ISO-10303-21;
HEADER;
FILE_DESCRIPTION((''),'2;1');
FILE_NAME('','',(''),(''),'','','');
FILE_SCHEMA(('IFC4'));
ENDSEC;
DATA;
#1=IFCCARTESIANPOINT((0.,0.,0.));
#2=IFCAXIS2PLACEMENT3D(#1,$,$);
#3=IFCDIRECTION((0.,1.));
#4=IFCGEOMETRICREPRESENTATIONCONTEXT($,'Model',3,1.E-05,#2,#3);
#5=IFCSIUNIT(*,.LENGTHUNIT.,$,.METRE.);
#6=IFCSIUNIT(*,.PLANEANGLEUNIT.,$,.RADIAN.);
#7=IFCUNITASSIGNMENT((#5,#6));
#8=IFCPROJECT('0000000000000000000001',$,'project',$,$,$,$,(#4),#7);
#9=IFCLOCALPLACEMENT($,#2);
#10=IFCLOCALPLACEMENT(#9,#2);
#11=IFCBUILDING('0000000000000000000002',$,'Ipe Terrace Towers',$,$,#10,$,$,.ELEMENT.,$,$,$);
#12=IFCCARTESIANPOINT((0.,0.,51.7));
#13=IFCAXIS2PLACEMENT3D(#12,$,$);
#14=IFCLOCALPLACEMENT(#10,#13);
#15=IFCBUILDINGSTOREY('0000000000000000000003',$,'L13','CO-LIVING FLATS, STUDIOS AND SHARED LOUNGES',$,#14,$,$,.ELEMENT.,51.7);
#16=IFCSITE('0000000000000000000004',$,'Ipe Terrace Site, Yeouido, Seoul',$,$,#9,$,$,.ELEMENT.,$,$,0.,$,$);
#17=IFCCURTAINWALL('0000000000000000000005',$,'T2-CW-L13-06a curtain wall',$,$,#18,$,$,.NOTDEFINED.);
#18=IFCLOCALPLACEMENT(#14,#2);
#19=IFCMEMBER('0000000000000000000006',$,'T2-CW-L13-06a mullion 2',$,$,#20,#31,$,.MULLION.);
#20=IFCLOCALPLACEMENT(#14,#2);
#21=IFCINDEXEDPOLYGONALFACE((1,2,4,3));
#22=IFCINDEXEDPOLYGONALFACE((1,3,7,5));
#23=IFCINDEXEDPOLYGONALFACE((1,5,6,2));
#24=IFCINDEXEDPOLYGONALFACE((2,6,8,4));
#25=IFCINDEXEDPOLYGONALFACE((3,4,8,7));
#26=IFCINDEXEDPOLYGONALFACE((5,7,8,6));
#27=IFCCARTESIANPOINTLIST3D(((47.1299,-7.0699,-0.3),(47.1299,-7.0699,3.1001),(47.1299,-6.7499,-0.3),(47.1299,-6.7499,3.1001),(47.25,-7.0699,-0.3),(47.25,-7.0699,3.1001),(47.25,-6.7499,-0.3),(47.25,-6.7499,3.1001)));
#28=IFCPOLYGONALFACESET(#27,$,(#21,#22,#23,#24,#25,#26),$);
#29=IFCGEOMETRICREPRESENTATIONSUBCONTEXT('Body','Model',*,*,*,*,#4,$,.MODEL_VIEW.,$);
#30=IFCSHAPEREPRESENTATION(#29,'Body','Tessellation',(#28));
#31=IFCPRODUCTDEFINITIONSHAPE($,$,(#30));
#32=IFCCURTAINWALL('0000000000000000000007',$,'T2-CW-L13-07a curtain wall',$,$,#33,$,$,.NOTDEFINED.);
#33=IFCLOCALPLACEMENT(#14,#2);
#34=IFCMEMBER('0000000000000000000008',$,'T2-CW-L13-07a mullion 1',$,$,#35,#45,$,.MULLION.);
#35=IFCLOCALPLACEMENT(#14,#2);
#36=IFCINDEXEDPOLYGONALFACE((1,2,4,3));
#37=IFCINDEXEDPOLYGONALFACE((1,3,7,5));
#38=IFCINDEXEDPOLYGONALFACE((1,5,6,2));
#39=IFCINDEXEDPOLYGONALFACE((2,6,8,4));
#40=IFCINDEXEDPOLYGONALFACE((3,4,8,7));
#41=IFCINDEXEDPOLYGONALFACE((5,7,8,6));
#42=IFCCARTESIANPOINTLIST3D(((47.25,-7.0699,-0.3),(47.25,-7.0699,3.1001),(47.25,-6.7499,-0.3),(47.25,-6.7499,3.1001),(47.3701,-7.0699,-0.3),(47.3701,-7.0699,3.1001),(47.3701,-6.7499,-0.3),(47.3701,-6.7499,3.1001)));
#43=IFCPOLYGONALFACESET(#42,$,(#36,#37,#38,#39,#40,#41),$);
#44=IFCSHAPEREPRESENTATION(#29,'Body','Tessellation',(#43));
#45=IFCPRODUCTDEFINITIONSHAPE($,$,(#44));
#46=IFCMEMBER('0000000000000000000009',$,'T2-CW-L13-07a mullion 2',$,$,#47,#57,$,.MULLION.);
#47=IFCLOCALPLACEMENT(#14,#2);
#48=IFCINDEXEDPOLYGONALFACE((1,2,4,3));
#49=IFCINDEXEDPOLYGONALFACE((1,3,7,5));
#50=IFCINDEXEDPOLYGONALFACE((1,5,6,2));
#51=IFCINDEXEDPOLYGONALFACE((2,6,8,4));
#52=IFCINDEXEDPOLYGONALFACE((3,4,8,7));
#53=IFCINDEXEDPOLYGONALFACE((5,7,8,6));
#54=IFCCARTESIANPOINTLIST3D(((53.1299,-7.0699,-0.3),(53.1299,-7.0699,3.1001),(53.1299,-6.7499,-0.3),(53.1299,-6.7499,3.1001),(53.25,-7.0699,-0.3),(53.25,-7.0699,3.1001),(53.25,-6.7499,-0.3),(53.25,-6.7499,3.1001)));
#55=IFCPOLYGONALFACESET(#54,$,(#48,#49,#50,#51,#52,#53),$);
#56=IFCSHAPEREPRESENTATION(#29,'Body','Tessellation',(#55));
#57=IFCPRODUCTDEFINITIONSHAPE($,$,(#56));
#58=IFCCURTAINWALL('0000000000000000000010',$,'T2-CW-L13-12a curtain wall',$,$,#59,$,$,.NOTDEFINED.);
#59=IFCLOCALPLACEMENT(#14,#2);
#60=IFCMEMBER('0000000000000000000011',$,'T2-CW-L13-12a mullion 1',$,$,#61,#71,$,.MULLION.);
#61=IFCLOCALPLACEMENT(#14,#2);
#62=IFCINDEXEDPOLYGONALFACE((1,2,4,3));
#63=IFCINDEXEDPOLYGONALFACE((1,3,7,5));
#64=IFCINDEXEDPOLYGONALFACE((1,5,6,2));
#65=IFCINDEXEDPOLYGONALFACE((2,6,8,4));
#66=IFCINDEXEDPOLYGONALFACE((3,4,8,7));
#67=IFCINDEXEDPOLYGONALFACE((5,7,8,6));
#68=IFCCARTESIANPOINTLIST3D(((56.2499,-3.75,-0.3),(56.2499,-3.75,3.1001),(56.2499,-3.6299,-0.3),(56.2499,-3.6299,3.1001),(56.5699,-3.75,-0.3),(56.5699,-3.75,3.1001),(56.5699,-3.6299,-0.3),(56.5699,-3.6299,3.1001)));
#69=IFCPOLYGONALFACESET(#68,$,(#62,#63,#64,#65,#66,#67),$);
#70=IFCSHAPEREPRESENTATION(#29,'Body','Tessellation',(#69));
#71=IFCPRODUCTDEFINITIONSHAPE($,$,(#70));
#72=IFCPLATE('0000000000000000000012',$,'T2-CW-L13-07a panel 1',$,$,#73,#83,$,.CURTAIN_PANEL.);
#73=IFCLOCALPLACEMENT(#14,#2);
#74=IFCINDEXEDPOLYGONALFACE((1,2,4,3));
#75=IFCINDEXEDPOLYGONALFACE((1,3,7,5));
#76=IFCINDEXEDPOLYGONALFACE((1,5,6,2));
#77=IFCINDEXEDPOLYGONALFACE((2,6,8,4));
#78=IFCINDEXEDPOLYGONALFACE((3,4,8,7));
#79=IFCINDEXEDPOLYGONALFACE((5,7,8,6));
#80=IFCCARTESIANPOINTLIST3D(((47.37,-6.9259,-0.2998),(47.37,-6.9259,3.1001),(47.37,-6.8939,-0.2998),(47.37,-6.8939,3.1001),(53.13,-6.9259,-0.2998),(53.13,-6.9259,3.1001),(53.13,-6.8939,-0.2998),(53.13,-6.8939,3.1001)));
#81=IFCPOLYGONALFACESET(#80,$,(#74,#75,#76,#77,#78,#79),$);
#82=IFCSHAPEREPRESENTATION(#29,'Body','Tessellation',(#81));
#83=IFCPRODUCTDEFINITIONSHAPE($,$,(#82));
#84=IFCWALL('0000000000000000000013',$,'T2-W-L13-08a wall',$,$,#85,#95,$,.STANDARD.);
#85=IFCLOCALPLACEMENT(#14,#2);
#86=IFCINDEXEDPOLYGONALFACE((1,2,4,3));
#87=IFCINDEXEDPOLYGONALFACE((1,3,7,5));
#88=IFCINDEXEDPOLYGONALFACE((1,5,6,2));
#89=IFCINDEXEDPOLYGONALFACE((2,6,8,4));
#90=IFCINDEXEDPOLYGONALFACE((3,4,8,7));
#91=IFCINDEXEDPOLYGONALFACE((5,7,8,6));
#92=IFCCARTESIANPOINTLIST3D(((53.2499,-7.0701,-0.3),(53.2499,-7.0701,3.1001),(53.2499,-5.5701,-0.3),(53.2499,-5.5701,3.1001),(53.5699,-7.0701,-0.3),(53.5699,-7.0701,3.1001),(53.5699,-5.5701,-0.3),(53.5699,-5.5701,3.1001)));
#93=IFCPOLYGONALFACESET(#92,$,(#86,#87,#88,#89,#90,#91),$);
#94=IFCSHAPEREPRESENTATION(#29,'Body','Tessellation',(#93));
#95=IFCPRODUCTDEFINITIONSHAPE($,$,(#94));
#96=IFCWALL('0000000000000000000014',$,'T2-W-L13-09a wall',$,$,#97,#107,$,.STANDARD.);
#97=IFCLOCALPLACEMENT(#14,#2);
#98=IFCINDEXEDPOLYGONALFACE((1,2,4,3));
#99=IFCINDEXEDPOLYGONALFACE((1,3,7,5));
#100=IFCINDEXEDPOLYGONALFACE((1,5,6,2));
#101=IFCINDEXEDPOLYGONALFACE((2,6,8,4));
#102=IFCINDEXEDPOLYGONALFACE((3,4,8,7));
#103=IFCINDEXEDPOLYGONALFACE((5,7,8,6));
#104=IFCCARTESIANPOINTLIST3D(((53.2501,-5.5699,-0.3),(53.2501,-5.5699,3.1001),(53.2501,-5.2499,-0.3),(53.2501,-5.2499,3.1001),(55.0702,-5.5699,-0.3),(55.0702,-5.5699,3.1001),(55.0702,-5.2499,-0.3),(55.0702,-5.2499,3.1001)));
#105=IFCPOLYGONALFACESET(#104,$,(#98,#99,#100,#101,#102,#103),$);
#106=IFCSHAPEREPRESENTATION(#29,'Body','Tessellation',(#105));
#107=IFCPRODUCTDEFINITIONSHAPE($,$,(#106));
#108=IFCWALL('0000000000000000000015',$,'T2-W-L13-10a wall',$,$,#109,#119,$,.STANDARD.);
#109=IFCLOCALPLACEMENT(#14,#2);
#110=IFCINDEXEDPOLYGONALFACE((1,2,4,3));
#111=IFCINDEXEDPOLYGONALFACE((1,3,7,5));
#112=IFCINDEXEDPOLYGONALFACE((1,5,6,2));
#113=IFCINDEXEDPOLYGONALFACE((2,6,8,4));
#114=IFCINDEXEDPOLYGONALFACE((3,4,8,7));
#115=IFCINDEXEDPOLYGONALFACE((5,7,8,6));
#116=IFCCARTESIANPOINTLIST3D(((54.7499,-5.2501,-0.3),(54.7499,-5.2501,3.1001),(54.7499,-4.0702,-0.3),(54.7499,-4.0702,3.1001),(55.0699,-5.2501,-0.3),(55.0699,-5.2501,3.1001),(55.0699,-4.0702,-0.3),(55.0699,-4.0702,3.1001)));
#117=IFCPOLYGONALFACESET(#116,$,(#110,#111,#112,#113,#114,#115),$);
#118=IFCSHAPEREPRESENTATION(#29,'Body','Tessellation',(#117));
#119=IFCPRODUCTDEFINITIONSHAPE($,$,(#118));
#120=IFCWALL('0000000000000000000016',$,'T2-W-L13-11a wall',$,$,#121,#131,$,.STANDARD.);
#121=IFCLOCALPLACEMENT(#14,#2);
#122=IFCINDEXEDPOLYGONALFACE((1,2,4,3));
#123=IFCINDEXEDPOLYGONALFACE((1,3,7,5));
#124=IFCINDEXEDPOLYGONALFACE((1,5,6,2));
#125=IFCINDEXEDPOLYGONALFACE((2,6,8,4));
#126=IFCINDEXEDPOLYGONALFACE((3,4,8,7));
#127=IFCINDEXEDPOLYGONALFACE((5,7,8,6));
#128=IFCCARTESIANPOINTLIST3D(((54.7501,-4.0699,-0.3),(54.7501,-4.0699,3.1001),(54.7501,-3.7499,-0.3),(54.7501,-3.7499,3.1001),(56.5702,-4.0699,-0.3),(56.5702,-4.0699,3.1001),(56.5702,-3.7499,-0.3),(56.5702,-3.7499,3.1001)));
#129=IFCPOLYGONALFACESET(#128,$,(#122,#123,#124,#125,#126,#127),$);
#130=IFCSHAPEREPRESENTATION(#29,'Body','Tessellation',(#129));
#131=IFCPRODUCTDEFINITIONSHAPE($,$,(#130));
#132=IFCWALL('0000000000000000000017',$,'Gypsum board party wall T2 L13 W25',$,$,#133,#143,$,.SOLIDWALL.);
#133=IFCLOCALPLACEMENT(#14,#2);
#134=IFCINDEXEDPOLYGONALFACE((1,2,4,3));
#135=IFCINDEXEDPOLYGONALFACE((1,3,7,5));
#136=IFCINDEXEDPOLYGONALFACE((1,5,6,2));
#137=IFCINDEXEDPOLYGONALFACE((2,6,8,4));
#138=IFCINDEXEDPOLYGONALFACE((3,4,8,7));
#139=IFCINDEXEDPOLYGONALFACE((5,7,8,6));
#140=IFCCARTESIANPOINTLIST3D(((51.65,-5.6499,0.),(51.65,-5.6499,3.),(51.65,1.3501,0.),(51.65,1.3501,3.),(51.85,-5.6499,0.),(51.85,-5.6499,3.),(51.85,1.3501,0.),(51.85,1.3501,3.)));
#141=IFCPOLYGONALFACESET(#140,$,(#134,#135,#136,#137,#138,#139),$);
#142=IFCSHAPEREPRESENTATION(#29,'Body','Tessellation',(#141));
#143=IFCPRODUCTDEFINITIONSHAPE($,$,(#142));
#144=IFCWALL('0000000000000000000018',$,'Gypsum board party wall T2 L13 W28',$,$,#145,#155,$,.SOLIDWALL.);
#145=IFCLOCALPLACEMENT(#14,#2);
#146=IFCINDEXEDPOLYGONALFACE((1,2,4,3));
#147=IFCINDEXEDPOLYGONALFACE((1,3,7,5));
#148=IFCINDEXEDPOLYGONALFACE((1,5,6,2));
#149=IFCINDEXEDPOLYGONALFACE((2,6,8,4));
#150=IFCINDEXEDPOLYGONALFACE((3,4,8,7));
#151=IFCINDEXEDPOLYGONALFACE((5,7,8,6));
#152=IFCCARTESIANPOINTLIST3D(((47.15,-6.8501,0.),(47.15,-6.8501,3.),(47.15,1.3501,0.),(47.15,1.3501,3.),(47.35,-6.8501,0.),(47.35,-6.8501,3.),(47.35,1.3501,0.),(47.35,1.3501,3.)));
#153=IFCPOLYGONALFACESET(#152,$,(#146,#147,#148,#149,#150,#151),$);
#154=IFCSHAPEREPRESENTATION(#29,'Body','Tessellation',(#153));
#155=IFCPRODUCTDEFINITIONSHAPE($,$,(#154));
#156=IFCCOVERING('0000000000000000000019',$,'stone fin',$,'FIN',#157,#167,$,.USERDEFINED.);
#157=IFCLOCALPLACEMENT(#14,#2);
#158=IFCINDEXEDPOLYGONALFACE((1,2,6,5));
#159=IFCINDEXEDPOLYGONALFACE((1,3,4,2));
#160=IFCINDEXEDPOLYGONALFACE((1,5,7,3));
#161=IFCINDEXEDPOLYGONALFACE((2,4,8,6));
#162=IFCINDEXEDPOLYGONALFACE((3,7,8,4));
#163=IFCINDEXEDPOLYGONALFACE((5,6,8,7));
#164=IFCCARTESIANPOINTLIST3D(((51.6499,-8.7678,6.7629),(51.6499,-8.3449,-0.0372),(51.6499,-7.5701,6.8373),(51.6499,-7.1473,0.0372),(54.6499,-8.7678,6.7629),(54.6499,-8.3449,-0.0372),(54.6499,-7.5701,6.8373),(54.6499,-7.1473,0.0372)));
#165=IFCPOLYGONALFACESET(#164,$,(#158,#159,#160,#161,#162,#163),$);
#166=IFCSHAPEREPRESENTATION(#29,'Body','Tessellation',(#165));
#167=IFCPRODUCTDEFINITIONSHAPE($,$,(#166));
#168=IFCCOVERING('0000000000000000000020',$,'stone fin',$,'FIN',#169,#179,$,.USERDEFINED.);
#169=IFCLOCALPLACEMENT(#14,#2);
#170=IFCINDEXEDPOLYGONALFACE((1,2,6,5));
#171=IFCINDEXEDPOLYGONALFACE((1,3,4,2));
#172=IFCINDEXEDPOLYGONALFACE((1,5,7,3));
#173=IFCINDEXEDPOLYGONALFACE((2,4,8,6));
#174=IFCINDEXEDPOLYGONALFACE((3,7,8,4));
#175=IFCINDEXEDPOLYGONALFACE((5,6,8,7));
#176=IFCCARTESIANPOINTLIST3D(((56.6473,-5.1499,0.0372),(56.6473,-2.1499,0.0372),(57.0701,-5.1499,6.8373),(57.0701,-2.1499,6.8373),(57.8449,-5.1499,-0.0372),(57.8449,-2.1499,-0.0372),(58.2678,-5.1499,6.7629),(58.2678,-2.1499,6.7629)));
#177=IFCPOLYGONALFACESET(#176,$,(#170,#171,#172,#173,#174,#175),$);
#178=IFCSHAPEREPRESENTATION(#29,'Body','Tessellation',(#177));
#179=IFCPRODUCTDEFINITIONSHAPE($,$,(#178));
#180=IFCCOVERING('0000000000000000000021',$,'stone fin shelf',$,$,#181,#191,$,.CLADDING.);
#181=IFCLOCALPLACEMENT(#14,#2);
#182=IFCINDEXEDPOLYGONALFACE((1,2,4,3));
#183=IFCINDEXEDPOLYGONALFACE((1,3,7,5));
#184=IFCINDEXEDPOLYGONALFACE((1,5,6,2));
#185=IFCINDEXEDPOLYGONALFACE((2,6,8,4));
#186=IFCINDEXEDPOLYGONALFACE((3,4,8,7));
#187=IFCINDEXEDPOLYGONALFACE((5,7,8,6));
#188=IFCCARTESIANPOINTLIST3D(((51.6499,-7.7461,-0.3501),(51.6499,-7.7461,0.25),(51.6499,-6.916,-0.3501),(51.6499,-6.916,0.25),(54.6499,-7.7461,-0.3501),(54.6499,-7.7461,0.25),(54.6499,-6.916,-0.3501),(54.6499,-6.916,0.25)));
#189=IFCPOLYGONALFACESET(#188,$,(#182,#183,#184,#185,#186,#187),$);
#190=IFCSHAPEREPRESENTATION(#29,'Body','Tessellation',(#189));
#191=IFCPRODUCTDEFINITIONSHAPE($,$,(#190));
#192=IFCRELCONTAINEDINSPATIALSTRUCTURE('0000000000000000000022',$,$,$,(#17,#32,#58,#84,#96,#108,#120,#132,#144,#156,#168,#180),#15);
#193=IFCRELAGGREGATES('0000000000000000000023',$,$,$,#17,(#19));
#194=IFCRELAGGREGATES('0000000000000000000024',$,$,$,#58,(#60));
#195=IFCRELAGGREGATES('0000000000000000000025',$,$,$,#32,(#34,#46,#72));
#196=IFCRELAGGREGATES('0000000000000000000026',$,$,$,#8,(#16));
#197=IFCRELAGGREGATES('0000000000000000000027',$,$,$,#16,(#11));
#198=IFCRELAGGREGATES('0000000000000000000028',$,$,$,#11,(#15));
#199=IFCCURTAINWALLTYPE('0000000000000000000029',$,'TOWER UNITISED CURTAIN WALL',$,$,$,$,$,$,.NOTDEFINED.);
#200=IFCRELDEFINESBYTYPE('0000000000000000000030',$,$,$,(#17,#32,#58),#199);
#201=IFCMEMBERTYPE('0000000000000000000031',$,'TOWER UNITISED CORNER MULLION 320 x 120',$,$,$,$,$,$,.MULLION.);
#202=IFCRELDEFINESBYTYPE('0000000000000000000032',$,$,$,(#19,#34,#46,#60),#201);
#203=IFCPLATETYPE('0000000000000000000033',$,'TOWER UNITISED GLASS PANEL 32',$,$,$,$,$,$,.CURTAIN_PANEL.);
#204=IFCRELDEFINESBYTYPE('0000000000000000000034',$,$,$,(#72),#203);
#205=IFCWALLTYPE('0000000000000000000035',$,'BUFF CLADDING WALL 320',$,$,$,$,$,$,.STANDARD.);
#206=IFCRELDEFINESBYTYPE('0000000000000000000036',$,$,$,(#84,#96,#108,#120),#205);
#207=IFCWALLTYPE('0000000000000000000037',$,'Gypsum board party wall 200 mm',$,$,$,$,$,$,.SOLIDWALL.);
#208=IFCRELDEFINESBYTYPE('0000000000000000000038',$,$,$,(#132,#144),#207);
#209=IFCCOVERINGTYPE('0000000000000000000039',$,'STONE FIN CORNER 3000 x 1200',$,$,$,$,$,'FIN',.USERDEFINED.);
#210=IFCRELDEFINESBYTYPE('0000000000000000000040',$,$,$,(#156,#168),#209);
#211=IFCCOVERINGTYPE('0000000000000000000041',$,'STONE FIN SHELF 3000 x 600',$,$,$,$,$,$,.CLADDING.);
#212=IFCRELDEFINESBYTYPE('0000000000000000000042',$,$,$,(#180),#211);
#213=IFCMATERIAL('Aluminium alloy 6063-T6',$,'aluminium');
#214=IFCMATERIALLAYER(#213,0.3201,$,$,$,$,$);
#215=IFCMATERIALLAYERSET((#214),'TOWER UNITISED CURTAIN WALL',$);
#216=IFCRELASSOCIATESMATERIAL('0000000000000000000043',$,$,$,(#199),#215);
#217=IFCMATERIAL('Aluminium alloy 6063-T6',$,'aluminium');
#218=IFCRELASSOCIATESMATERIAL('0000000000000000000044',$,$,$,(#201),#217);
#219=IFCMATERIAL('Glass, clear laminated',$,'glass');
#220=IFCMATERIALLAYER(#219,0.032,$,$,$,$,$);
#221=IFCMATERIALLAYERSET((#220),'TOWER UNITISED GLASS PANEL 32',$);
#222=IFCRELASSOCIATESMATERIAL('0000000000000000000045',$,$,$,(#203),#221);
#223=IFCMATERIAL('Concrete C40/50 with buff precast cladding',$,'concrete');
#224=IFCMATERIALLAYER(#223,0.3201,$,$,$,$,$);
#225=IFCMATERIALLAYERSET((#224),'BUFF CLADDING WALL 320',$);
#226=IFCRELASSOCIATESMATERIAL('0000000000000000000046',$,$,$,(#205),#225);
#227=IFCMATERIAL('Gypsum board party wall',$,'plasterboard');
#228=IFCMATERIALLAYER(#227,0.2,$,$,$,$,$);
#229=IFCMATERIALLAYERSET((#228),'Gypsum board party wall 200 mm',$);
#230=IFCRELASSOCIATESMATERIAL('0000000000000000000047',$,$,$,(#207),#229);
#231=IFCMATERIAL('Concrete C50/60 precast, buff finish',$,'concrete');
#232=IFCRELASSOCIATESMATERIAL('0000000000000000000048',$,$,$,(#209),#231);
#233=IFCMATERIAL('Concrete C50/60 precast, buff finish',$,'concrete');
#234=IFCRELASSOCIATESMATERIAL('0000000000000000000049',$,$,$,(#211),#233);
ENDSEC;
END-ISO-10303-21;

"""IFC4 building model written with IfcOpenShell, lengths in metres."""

from ifc_helpers import new_model, si_unit, direction, frame, frame_2d, origin, origin_2d, place, context, subcontext, project, spatial, rectangle, extrude, material, layer, layer_set, material_profile, profile_set, type_object, element, aggregate, save


model = new_model("IFC4")

# Units and contexts
model_context = context("Model", 3, precision=1e-05, world=origin(), true_north=direction((0.0, 1.0)))
body_context = subcontext(model_context, "Body", "Model", "MODEL_VIEW")
ifc_project = project(units=[si_unit("LENGTHUNIT", "METRE"), si_unit("PLANEANGLEUNIT", "RADIAN")], contexts=[model_context])

# Site, building, storey
site_placement = place(None, origin())
site = spatial("IfcSite", under=ifc_project, at=site_placement, Name="Ipe Terrace Site, Yeouido, Seoul", CompositionType="ELEMENT", RefElevation=0.0)
building_placement = place(site_placement, origin())
building = spatial("IfcBuilding", under=site, at=building_placement, Name="Ipe Terrace Towers", CompositionType="ELEMENT")
storey_placement = place(building_placement, frame((0.0, 0.0, 51.7)))
storey = spatial("IfcBuildingStorey", under=building, at=storey_placement, Name="L13", Description="CO-LIVING FLATS, STUDIOS AND SHARED LOUNGES", CompositionType="ELEMENT", Elevation=51.7)

# Curtain wall, member
ifc_material_1 = material(Name="Aluminium alloy 6063-T6", Category="aluminium")
ifc_layer_1 = layer(ifc_material_1, 0.3201)
ifc_layer_set_1 = layer_set([ifc_layer_1], Name="TOWER UNITISED CURTAIN WALL")
curtain_wall_type = type_object("IfcCurtainWallType", Name="TOWER UNITISED CURTAIN WALL", PredefinedType="NOTDEFINED", material=ifc_layer_set_1)
curtain_wall_1_placement = place(storey_placement, origin())
curtain_wall_1 = element("IfcCurtainWall", 1, at=curtain_wall_1_placement, inside=storey, type_object=curtain_wall_type, Name="T2-CW-L13-06a curtain wall", PredefinedType="NOTDEFINED")
ifc_material_2 = material(Name="Aluminium alloy 6063-T6", Category="aluminium")
ifc_material_profile_1 = material_profile(ifc_material_2, rectangle(XDim=0.3201, YDim=0.1201, at=origin_2d()), Name="TOWER UNITISED CORNER MULLION 320 x 120")
ifc_profile_set_1 = profile_set([ifc_material_profile_1], Name="Aluminium alloy 6063-T6")
member_type = type_object("IfcMemberType", Name="TOWER UNITISED CORNER MULLION 320 x 120", PredefinedType="MULLION", material=ifc_profile_set_1)
member_1_placement = place(storey_placement, frame((47.1899, -6.9099, -0.3), z_axis=(0.0, 0.0, 1.0), x_axis=(0.0, -1.0, 0.0)))
member_1 = element("IfcMember", 2, at=member_1_placement, type_object=member_type, Name="T2-CW-L13-06a mullion 2", PredefinedType="MULLION", context=body_context, shape_type="SweptSolid", body=[
    extrude(rectangle(XDim=0.3201, YDim=0.1201, at=origin_2d()), origin(), (0.0, 0.0, 1.0), 3.4001),
])
aggregate(curtain_wall_1, [member_1])

# Curtain wall, members
curtain_wall_2_placement = place(storey_placement, origin())
curtain_wall_2 = element("IfcCurtainWall", 3, at=curtain_wall_2_placement, inside=storey, type_object=curtain_wall_type, Name="T2-CW-L13-07a curtain wall", PredefinedType="NOTDEFINED")
member_2_placement = place(storey_placement, frame((47.3101, -6.9099, -0.3), z_axis=(0.0, 0.0, 1.0), x_axis=(0.0, -1.0, 0.0)))
member_2 = element("IfcMember", 4, at=member_2_placement, type_object=member_type, Name="T2-CW-L13-07a mullion 1", PredefinedType="MULLION", context=body_context, shape_type="SweptSolid", body=[
    extrude(rectangle(XDim=0.3201, YDim=0.1201, at=origin_2d()), origin(), (0.0, 0.0, 1.0), 3.4001),
])
member_3_placement = place(storey_placement, frame((53.1899, -6.9099, -0.3), z_axis=(0.0, 0.0, 1.0), x_axis=(0.0, -1.0, 0.0)))
member_3 = element("IfcMember", 5, at=member_3_placement, type_object=member_type, Name="T2-CW-L13-07a mullion 2", PredefinedType="MULLION", context=body_context, shape_type="SweptSolid", body=[
    extrude(rectangle(XDim=0.3201, YDim=0.1201, at=origin_2d()), origin(), (0.0, 0.0, 1.0), 3.4001),
])

# Curtain wall, member
curtain_wall_3_placement = place(storey_placement, origin())
curtain_wall_3 = element("IfcCurtainWall", 6, at=curtain_wall_3_placement, inside=storey, type_object=curtain_wall_type, Name="T2-CW-L13-12a curtain wall", PredefinedType="NOTDEFINED")
member_4_placement = place(storey_placement, frame((56.4099, -3.6899, -0.3), z_axis=(0.0, 0.0, 1.0), x_axis=(1.0, 0.0, 0.0)))
member_4 = element("IfcMember", 7, at=member_4_placement, type_object=member_type, Name="T2-CW-L13-12a mullion 1", PredefinedType="MULLION", context=body_context, shape_type="SweptSolid", body=[
    extrude(rectangle(XDim=0.3201, YDim=0.1201, at=origin_2d()), origin(), (0.0, 0.0, 1.0), 3.4001),
])
aggregate(curtain_wall_3, [member_4])

# Plate
ifc_material_3 = material(Name="Glass, clear laminated", Category="glass")
ifc_layer_2 = layer(ifc_material_3, 0.032)
ifc_layer_set_2 = layer_set([ifc_layer_2], Name="TOWER UNITISED GLASS PANEL 32")
plate_type = type_object("IfcPlateType", Name="TOWER UNITISED GLASS PANEL 32", PredefinedType="CURTAIN_PANEL", material=ifc_layer_set_2)
plate_placement = place(storey_placement, frame((50.25, -6.9099, -0.2998), z_axis=(0.0, 0.0, 1.0), x_axis=(1.0, 0.0, 0.0)))
plate = element("IfcPlate", 8, at=plate_placement, type_object=plate_type, Name="T2-CW-L13-07a panel 1", PredefinedType="CURTAIN_PANEL", context=body_context, shape_type="SweptSolid", body=[
    extrude(rectangle(XDim=5.76, YDim=0.032, at=origin_2d()), origin(), (0.0, 0.0, 1.0), 3.3999),
])
aggregate(curtain_wall_2, [member_2, member_3, plate])

# Walls
ifc_material_4 = material(Name="Concrete C40/50 with buff precast cladding", Category="concrete")
ifc_layer_3 = layer(ifc_material_4, 0.3201)
ifc_layer_set_3 = layer_set([ifc_layer_3], Name="BUFF CLADDING WALL 320")
wall_type_1 = type_object("IfcWallType", Name="BUFF CLADDING WALL 320", PredefinedType="STANDARD", material=ifc_layer_set_3)
wall_1_placement = place(storey_placement, frame((53.4099, -7.0701, -0.3), z_axis=(0.0, 0.0, 1.0), x_axis=(0.0, 1.0, 0.0)))
element("IfcWall", 9, at=wall_1_placement, inside=storey, type_object=wall_type_1, Name="T2-W-L13-08a wall", PredefinedType="STANDARD", context=body_context, shape_type="SweptSolid", body=[
    extrude(rectangle(XDim=1.5, YDim=0.3201, at=frame_2d((0.75, 0.0))), origin(), (0.0, 0.0, 1.0), 3.4001),
])
wall_2_placement = place(storey_placement, frame((53.25, -5.4099, -0.3), z_axis=(0.0, 0.0, 1.0), x_axis=(1.0, 0.0, 0.0)))
element("IfcWall", 10, at=wall_2_placement, inside=storey, type_object=wall_type_1, Name="T2-W-L13-09a wall", PredefinedType="STANDARD", context=body_context, shape_type="SweptSolid", body=[
    extrude(rectangle(XDim=1.8201, YDim=0.3201, at=frame_2d((0.9102, 0.0))), origin(), (0.0, 0.0, 1.0), 3.4001),
])
wall_3_placement = place(storey_placement, frame((54.9099, -5.25, -0.3), z_axis=(0.0, 0.0, 1.0), x_axis=(0.0, 1.0, 0.0)))
element("IfcWall", 11, at=wall_3_placement, inside=storey, type_object=wall_type_1, Name="T2-W-L13-10a wall", PredefinedType="STANDARD", context=body_context, shape_type="SweptSolid", body=[
    extrude(rectangle(XDim=1.1799, YDim=0.3201, at=frame_2d((0.5898, 0.0))), origin(), (0.0, 0.0, 1.0), 3.4001),
])
wall_4_placement = place(storey_placement, frame((54.75, -3.9099, -0.3), z_axis=(0.0, 0.0, 1.0), x_axis=(1.0, 0.0, 0.0)))
element("IfcWall", 12, at=wall_4_placement, inside=storey, type_object=wall_type_1, Name="T2-W-L13-11a wall", PredefinedType="STANDARD", context=body_context, shape_type="SweptSolid", body=[
    extrude(rectangle(XDim=1.8201, YDim=0.3201, at=frame_2d((0.9102, 0.0))), origin(), (0.0, 0.0, 1.0), 3.4001),
])
ifc_material_5 = material(Name="Gypsum board party wall", Category="plasterboard")
ifc_layer_4 = layer(ifc_material_5, 0.2)
ifc_layer_set_4 = layer_set([ifc_layer_4], Name="Gypsum board party wall 200 mm")
wall_type_2 = type_object("IfcWallType", Name="Gypsum board party wall 200 mm", PredefinedType="SOLIDWALL", material=ifc_layer_set_4)
wall_5_placement = place(storey_placement, frame((51.75, -5.6499, 0.0), z_axis=(0.0, 0.0, 1.0), x_axis=(0.0, 1.0, 0.0)))
element("IfcWall", 13, at=wall_5_placement, inside=storey, type_object=wall_type_2, Name="Gypsum board party wall T2 L13 W25", PredefinedType="SOLIDWALL", context=body_context, shape_type="SweptSolid", body=[
    extrude(rectangle(XDim=7.0, YDim=0.2, at=frame_2d((3.5, 0.0))), origin(), (0.0, 0.0, 1.0), 3.0),
])
wall_6_placement = place(storey_placement, frame((47.25, -6.8501, 0.0), z_axis=(0.0, 0.0, 1.0), x_axis=(0.0, 1.0, 0.0)))
element("IfcWall", 14, at=wall_6_placement, inside=storey, type_object=wall_type_2, Name="Gypsum board party wall T2 L13 W28", PredefinedType="SOLIDWALL", context=body_context, shape_type="SweptSolid", body=[
    extrude(rectangle(XDim=8.2002, YDim=0.2, at=frame_2d((4.1001, 0.0))), origin(), (0.0, 0.0, 1.0), 3.0),
])

# Coverings
ifc_material_6 = material(Name="Concrete C50/60 precast, buff finish", Category="concrete")
ifc_material_profile_2 = material_profile(ifc_material_6, rectangle(XDim=3.0, YDim=1.2, at=origin_2d()), Name="STONE FIN CORNER 3000 x 1200")
ifc_profile_set_2 = profile_set([ifc_material_profile_2], Name="Concrete C50/60 precast, buff finish")
covering_type_1 = type_object("IfcCoveringType", Name="STONE FIN CORNER 3000 x 1200", ElementType="FIN", PredefinedType="USERDEFINED", material=ifc_profile_set_2)
for number, where, z_axis, x_axis, name in (
    (15, (53.1499, -7.7461, 0.0), (0.0, -0.062064, 0.998072), (1.0, 0.0, 0.0), "stone fin"),
    (16, (57.2461, -3.6499, 0.0), (0.062064, 0.0, 0.998072), (0.0, 1.0, 0.0), "stone fin"),
):
    element("IfcCovering", number, at=place(storey_placement, frame(where, z_axis=z_axis, x_axis=x_axis)), inside=storey, type_object=covering_type_1, Name=name, ObjectType="FIN", PredefinedType="USERDEFINED", context=body_context, shape_type="SweptSolid", body=[
        extrude(rectangle(XDim=3.0, YDim=1.2, at=origin_2d()), origin(), (0.0, 0.0, 1.0), 6.8132),
    ])
ifc_material_7 = material(Name="Concrete C50/60 precast, buff finish", Category="concrete")
covering_type_2 = type_object("IfcCoveringType", Name="STONE FIN SHELF 3000 x 600", PredefinedType="CLADDING", material=ifc_material_7)
for number, where, z_axis, x_axis, name in (
    (17, (53.1499, -7.3311, -0.3501), (0.0, 0.0, 1.0), (1.0, 0.0, 0.0), "stone fin shelf"),
):
    element("IfcCovering", number, at=place(storey_placement, frame(where, z_axis=z_axis, x_axis=x_axis)), inside=storey, type_object=covering_type_2, Name=name, PredefinedType="CLADDING", context=body_context, shape_type="SweptSolid", body=[
        extrude(rectangle(XDim=3.0, YDim=0.8301, at=origin_2d()), origin(), (0.0, 0.0, 1.0), 0.6001),
    ])

save(model, "model.ifc")
